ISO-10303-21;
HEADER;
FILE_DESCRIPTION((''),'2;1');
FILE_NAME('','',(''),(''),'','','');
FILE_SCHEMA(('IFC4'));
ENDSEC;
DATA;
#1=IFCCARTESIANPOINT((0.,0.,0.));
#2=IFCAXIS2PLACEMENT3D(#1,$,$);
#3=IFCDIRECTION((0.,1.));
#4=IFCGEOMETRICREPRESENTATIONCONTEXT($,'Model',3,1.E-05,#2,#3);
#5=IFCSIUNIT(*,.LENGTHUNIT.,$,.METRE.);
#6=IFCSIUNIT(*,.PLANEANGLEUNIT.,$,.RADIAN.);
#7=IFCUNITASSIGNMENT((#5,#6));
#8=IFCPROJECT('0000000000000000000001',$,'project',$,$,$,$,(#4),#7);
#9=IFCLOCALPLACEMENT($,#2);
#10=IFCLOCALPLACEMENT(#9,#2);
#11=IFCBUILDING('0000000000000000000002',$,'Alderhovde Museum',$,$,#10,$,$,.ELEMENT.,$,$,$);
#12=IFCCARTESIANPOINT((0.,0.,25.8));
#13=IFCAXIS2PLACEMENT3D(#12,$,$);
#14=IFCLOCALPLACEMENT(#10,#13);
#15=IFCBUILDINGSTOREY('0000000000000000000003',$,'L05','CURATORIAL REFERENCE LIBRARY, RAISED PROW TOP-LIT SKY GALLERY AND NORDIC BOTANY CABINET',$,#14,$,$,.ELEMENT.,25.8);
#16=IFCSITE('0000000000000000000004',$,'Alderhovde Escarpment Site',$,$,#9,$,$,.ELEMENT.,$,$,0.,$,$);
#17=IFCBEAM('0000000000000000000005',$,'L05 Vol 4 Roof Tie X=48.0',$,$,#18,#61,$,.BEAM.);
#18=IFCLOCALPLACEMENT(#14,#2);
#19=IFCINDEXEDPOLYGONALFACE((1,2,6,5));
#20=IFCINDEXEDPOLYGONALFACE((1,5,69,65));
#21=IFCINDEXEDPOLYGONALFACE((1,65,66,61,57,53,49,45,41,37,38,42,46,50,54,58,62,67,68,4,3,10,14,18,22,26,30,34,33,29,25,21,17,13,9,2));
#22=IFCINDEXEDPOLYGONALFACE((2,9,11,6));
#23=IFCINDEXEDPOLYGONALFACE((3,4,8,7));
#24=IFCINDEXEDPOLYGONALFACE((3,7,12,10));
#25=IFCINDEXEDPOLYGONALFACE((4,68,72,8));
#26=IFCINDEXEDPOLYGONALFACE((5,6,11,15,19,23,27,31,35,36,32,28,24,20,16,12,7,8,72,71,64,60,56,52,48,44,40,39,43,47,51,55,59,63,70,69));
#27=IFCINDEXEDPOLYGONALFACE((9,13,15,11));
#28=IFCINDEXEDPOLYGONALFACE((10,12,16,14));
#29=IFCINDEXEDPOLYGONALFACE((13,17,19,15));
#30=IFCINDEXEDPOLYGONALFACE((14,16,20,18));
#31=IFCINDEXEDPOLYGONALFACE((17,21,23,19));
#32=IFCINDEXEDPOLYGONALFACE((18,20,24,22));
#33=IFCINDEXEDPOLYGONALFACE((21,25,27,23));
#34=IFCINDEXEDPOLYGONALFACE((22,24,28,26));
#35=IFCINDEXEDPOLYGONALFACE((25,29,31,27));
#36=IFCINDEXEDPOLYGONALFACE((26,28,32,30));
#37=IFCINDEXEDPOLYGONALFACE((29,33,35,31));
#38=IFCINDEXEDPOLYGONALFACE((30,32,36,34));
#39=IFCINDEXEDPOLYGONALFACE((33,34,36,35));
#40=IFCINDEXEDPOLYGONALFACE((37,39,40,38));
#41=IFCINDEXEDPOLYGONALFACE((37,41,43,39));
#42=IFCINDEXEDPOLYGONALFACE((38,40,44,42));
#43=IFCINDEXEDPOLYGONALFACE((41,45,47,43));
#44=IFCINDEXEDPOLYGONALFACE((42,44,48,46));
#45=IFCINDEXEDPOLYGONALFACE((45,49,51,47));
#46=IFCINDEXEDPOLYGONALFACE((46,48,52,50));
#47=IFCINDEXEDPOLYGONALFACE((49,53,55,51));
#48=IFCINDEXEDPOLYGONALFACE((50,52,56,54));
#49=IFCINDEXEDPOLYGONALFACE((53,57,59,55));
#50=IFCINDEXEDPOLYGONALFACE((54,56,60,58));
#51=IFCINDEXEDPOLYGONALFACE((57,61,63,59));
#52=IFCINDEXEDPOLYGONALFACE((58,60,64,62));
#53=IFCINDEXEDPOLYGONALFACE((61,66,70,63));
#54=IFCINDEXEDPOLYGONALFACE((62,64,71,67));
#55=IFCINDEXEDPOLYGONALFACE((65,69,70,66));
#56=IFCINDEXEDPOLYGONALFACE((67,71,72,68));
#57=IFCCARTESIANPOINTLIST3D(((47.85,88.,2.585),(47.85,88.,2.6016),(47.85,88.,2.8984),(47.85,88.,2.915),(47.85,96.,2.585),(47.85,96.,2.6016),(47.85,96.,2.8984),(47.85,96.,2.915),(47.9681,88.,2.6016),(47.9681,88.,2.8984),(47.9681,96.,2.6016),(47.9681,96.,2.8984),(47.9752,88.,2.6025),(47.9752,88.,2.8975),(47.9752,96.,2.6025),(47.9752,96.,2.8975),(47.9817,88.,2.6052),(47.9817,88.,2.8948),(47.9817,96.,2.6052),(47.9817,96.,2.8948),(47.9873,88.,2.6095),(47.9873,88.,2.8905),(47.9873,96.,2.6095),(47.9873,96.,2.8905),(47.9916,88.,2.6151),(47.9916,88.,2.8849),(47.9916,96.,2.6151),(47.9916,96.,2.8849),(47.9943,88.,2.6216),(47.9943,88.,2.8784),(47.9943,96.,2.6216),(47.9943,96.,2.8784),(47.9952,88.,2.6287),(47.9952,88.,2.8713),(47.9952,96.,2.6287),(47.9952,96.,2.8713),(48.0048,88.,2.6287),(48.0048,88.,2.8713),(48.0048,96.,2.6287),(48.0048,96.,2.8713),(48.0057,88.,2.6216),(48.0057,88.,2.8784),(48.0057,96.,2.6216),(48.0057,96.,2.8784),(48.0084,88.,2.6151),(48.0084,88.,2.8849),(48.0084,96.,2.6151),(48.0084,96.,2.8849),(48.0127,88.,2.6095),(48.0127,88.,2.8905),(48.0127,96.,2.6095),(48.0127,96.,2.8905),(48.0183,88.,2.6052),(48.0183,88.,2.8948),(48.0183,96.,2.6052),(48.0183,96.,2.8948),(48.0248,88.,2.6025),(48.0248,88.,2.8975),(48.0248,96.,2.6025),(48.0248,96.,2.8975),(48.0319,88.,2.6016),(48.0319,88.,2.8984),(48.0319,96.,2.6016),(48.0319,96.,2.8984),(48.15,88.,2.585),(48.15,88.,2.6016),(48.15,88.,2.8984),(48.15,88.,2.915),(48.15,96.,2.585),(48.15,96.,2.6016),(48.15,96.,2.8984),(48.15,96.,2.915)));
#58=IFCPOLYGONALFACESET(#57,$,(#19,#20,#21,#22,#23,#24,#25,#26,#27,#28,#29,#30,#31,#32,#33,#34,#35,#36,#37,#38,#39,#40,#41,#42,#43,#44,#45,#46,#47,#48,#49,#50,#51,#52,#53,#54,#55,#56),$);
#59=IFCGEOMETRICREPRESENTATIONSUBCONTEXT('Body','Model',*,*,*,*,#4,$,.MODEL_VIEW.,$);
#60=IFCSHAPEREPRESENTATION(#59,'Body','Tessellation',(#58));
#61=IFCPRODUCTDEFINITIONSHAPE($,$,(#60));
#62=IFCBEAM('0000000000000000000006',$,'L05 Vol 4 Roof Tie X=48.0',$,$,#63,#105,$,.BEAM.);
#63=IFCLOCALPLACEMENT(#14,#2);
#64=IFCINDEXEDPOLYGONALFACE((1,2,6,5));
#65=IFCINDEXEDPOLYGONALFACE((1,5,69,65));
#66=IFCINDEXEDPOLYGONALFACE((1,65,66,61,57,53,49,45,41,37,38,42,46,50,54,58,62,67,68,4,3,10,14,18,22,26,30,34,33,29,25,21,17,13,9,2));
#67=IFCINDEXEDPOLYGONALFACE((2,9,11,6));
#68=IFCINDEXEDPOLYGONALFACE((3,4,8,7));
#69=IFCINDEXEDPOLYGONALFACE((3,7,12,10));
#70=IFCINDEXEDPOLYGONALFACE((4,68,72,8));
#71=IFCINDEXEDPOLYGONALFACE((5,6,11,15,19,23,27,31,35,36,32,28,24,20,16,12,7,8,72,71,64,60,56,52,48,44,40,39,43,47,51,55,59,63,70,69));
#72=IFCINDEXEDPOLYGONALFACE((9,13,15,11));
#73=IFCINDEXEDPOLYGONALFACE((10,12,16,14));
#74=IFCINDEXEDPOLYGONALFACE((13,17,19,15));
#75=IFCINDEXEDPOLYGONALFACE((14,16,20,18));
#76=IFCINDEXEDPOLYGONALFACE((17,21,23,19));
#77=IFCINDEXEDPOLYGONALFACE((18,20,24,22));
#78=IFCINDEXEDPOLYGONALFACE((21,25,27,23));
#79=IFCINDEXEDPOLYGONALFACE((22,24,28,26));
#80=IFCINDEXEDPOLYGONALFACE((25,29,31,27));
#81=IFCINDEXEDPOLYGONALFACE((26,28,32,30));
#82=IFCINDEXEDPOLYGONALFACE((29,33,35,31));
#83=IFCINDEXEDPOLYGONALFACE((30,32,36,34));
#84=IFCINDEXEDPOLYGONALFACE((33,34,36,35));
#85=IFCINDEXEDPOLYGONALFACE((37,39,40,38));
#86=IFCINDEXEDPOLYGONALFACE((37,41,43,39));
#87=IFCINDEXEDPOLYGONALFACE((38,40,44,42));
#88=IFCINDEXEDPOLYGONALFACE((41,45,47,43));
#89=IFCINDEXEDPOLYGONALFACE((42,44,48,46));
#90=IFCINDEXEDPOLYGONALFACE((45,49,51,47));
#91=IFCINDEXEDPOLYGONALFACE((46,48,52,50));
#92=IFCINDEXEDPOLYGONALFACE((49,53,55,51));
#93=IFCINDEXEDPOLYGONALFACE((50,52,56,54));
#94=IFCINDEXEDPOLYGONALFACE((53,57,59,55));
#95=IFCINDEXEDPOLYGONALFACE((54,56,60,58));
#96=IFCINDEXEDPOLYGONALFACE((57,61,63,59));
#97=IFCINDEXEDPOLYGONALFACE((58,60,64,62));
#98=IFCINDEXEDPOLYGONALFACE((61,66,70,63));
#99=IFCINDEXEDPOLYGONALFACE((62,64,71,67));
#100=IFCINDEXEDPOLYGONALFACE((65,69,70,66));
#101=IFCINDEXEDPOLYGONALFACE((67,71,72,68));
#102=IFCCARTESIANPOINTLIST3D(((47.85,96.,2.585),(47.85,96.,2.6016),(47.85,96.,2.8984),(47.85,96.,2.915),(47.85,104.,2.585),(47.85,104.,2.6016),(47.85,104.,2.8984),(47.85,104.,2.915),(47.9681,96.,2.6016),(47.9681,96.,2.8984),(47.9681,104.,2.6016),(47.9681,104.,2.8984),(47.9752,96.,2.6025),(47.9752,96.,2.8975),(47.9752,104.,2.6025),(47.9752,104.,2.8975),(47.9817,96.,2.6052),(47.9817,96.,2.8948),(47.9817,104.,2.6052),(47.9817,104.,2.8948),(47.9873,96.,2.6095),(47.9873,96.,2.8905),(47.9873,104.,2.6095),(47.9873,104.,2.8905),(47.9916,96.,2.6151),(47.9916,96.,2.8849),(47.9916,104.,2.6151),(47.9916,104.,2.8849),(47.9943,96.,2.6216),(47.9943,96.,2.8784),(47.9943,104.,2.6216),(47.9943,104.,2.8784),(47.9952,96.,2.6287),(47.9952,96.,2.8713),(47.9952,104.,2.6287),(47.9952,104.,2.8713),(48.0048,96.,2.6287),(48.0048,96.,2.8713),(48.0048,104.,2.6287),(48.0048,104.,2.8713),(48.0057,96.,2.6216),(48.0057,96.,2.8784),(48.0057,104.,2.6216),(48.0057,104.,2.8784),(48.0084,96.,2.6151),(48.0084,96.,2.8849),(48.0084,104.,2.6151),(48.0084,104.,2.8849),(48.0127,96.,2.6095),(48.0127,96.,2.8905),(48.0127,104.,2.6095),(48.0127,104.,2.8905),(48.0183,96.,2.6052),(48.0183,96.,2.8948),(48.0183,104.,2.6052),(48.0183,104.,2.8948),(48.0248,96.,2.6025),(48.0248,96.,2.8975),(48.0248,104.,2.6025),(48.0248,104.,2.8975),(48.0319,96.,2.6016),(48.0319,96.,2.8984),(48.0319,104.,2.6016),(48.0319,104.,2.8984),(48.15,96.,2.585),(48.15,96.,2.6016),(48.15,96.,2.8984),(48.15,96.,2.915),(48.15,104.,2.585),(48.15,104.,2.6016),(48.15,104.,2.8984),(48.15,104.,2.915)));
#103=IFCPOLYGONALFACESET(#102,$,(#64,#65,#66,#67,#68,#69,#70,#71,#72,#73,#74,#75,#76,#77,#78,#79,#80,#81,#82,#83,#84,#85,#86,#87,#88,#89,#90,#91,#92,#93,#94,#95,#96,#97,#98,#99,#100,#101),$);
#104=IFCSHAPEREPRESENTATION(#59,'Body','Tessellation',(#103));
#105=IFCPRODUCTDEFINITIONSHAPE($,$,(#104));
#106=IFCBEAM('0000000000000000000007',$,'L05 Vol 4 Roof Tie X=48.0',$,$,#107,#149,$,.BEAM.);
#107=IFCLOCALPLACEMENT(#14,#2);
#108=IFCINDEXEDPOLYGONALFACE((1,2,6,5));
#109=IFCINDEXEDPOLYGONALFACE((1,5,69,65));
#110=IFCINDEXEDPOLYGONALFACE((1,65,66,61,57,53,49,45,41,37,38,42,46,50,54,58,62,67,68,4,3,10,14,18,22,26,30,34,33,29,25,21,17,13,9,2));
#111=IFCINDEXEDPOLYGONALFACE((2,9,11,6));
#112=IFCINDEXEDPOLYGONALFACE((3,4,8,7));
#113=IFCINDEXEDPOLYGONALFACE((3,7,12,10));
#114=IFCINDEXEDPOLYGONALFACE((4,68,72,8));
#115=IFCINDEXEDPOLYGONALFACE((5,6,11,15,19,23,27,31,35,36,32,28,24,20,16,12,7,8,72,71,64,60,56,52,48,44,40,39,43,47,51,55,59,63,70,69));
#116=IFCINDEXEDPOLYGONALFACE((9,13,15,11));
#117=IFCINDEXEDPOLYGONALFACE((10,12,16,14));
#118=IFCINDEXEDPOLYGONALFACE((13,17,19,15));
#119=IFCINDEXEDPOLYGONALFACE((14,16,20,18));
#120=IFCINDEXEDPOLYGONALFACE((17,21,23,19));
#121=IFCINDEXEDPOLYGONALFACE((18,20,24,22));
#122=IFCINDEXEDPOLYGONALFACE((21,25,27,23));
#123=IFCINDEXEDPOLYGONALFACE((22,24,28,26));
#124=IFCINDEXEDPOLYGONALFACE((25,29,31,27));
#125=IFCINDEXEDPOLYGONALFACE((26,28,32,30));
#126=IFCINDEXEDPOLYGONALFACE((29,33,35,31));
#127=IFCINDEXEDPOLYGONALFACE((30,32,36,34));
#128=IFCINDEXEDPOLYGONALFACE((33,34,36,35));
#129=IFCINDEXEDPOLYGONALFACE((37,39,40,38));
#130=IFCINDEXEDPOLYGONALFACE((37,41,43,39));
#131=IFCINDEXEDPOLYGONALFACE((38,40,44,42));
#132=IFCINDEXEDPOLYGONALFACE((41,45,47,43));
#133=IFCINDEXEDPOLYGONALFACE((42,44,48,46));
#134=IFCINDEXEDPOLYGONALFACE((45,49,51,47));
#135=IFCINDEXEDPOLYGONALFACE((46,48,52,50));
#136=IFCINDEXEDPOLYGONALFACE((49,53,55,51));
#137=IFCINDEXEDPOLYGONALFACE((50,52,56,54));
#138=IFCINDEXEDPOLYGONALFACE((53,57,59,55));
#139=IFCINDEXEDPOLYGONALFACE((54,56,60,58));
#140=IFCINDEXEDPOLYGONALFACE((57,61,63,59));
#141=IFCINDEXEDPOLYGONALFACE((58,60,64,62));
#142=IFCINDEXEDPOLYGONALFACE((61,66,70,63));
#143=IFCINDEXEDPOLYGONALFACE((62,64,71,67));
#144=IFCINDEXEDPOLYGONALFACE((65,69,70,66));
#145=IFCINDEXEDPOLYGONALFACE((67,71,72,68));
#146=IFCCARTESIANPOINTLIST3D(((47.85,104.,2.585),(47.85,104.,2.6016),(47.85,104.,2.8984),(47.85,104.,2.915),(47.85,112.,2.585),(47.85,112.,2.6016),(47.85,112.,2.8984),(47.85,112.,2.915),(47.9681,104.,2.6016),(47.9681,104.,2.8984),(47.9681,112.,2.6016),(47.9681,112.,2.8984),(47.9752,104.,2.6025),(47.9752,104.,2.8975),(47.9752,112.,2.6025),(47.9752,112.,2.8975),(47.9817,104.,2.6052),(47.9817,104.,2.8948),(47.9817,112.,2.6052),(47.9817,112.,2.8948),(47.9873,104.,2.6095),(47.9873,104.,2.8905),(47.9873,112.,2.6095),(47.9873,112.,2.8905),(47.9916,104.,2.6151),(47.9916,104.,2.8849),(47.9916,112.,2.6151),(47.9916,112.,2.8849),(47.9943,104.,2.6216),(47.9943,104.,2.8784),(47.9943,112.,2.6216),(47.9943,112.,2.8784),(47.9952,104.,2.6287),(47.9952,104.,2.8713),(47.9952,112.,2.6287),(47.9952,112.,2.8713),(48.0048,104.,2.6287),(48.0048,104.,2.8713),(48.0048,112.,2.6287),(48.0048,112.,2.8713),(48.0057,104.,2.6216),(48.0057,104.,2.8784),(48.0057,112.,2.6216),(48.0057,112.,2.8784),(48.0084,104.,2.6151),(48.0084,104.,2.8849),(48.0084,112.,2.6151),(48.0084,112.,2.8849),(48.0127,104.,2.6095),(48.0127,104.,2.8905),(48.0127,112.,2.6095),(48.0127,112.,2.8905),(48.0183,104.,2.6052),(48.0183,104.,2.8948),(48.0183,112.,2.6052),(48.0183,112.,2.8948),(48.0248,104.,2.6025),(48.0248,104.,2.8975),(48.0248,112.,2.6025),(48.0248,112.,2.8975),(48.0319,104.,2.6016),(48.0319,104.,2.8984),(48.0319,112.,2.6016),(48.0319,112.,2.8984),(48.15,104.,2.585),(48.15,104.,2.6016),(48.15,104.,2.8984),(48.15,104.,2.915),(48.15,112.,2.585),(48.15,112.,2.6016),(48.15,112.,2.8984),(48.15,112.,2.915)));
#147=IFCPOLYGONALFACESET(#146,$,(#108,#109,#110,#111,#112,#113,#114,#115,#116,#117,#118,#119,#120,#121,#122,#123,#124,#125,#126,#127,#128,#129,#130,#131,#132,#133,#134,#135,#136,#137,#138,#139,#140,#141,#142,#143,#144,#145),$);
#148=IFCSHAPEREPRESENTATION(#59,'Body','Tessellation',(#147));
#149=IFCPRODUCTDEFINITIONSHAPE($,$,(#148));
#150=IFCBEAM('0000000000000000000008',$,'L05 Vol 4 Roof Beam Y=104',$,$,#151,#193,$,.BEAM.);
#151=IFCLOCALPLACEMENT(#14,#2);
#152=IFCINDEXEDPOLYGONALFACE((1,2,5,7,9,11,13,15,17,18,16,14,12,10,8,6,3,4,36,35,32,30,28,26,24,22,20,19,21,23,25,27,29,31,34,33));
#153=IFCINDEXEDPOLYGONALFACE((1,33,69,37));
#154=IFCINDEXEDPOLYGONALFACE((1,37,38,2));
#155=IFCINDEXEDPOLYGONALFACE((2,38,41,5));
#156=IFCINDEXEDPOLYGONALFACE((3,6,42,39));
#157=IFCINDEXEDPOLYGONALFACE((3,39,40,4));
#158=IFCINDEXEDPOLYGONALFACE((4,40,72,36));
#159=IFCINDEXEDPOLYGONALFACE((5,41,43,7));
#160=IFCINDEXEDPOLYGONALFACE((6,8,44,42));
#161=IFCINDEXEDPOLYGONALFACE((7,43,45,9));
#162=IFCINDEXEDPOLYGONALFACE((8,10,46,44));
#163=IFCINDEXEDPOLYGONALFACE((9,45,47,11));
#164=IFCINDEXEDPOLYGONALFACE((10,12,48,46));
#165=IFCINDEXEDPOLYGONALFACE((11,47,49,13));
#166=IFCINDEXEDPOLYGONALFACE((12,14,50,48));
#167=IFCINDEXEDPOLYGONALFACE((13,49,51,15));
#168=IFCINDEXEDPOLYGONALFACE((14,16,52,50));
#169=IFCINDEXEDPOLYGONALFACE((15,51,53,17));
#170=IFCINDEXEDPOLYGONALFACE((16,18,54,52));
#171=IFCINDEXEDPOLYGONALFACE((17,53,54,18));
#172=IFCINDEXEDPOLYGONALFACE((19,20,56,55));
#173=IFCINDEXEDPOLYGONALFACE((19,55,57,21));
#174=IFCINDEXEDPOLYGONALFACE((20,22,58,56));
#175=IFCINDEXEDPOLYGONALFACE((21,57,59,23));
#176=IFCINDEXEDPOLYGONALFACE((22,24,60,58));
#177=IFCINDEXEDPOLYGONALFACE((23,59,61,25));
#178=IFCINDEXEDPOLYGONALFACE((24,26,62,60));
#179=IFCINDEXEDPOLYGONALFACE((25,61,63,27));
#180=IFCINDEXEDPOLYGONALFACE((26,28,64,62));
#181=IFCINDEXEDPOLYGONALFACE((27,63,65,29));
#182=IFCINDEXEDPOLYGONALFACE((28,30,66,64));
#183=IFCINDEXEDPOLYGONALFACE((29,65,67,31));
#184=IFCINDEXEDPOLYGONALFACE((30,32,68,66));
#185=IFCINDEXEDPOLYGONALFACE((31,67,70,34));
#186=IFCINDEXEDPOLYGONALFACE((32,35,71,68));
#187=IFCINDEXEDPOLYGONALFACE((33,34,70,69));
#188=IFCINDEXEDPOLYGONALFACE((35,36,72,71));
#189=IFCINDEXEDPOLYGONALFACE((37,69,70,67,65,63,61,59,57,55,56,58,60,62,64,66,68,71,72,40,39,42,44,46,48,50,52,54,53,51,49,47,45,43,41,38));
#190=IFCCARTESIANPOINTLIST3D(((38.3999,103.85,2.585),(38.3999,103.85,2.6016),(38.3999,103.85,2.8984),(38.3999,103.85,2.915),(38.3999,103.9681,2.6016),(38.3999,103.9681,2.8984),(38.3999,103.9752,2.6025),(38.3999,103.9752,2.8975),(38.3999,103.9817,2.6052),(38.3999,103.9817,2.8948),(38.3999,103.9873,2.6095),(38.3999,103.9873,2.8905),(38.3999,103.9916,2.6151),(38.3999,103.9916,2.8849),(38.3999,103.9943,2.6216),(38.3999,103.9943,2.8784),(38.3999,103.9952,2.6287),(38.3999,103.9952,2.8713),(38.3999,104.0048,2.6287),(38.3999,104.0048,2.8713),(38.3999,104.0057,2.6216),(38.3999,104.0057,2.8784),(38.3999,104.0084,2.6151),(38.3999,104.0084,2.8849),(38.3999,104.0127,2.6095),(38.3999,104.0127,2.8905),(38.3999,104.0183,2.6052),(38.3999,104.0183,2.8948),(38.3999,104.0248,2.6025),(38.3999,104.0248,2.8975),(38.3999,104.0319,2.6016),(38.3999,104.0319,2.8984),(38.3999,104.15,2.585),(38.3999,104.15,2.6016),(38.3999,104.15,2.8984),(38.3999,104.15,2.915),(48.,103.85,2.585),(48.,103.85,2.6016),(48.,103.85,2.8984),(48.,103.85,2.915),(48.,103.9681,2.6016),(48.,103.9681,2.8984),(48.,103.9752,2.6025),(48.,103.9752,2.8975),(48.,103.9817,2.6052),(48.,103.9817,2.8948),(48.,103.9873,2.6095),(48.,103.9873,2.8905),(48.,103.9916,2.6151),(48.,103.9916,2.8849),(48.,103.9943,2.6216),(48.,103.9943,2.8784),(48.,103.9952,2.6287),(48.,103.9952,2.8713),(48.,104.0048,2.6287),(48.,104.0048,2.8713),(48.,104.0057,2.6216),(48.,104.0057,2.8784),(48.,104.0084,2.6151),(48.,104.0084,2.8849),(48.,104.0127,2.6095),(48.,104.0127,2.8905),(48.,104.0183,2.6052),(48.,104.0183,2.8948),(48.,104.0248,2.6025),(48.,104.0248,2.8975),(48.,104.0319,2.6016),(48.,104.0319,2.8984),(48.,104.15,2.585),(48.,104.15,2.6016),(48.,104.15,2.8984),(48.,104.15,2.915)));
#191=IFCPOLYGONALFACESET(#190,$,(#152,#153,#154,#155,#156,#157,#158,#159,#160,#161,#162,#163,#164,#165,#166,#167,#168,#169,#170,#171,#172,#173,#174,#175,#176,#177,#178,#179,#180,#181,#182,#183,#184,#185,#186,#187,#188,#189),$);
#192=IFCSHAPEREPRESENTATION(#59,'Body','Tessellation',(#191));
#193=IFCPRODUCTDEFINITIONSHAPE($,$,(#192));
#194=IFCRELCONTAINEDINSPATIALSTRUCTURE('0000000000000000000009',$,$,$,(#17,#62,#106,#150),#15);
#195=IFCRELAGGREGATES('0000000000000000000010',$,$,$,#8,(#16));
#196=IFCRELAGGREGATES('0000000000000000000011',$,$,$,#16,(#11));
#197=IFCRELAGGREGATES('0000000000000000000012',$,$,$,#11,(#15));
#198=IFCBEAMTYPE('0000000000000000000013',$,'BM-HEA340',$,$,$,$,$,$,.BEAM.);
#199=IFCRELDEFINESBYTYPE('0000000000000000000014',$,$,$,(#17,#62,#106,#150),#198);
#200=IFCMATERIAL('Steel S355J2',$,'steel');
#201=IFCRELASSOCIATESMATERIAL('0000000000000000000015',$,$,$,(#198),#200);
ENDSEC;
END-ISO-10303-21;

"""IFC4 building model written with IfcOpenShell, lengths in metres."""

from ifc_helpers import new_model, si_unit, direction, frame, origin, origin_2d, place, context, subcontext, project, spatial, i_section, extrude, material, material_profile, profile_set, type_object, element, save


model = new_model("IFC4")

# Units and contexts
model_context = context("Model", 3, precision=1e-05, world=origin(), true_north=direction((0.0, 1.0)))
body_context = subcontext(model_context, "Body", "Model", "MODEL_VIEW")
ifc_project = project(units=[si_unit("LENGTHUNIT", "METRE"), si_unit("PLANEANGLEUNIT", "RADIAN")], contexts=[model_context])

# Site, building, storey
site_placement = place(None, origin())
site = spatial("IfcSite", under=ifc_project, at=site_placement, Name="Alderhovde Escarpment Site", CompositionType="ELEMENT", RefElevation=0.0)
building_placement = place(site_placement, origin())
building = spatial("IfcBuilding", under=site, at=building_placement, Name="Alderhovde Museum", CompositionType="ELEMENT")
storey_placement = place(building_placement, frame((0.0, 0.0, 25.8)))
storey = spatial("IfcBuildingStorey", under=building, at=storey_placement, Name="L05", Description="CURATORIAL REFERENCE LIBRARY, RAISED PROW TOP-LIT SKY GALLERY AND NORDIC BOTANY CABINET", CompositionType="ELEMENT", Elevation=25.8)

# Beams
ifc_material_1 = material(Name="Steel S355J2", Category="steel")
ifc_material_profile_1 = material_profile(ifc_material_1, i_section(OverallWidth=0.3, OverallDepth=0.3301, WebThickness=0.0095, FlangeThickness=0.0166, FilletRadius=0.0271, at=origin_2d()), Name="HEA 340")
ifc_profile_set_1 = profile_set([ifc_material_profile_1], Name="Steel S355J2")
beam_type_1 = type_object("IfcBeamType", Name="BM-HEA340", PredefinedType="BEAM", material=ifc_profile_set_1)
for number, where, z_axis, x_axis, name in (
    (1, (48.0, 88.0, 2.75), (0.0, 1.0, 0.0), (-1.0, 0.0, 0.0), "L05 Vol 4 Roof Tie X=48.0"),
    (2, (48.0, 96.0, 2.75), (0.0, 1.0, 0.0), (-1.0, 0.0, 0.0), "L05 Vol 4 Roof Tie X=48.0"),
    (3, (48.0, 104.0, 2.75), (0.0, 1.0, 0.0), (-1.0, 0.0, 0.0), "L05 Vol 4 Roof Tie X=48.0"),
):
    element("IfcBeam", number, at=place(storey_placement, frame(where, z_axis=z_axis, x_axis=x_axis)), inside=storey, type_object=beam_type_1, Name=name, PredefinedType="BEAM", context=body_context, shape_type="SweptSolid", body=[
        extrude(i_section(OverallWidth=0.3, OverallDepth=0.3301, WebThickness=0.0095, FlangeThickness=0.0166, FilletRadius=0.0271, at=origin_2d()), origin(), (0.0, 0.0, 1.0), 8.0),
    ])
for number, where, z_axis, x_axis, name in (
    (4, (38.3999, 104.0, 2.75), (1.0, 0.0, 0.0), (0.0, 1.0, 0.0), "L05 Vol 4 Roof Beam Y=104"),
):
    element("IfcBeam", number, at=place(storey_placement, frame(where, z_axis=z_axis, x_axis=x_axis)), inside=storey, type_object=beam_type_1, Name=name, PredefinedType="BEAM", context=body_context, shape_type="SweptSolid", body=[
        extrude(i_section(OverallWidth=0.3, OverallDepth=0.3301, WebThickness=0.0095, FlangeThickness=0.0166, FilletRadius=0.0271, at=origin_2d()), origin(), (0.0, 0.0, 1.0), 9.6001),
    ])

save(model, "model.ifc")
